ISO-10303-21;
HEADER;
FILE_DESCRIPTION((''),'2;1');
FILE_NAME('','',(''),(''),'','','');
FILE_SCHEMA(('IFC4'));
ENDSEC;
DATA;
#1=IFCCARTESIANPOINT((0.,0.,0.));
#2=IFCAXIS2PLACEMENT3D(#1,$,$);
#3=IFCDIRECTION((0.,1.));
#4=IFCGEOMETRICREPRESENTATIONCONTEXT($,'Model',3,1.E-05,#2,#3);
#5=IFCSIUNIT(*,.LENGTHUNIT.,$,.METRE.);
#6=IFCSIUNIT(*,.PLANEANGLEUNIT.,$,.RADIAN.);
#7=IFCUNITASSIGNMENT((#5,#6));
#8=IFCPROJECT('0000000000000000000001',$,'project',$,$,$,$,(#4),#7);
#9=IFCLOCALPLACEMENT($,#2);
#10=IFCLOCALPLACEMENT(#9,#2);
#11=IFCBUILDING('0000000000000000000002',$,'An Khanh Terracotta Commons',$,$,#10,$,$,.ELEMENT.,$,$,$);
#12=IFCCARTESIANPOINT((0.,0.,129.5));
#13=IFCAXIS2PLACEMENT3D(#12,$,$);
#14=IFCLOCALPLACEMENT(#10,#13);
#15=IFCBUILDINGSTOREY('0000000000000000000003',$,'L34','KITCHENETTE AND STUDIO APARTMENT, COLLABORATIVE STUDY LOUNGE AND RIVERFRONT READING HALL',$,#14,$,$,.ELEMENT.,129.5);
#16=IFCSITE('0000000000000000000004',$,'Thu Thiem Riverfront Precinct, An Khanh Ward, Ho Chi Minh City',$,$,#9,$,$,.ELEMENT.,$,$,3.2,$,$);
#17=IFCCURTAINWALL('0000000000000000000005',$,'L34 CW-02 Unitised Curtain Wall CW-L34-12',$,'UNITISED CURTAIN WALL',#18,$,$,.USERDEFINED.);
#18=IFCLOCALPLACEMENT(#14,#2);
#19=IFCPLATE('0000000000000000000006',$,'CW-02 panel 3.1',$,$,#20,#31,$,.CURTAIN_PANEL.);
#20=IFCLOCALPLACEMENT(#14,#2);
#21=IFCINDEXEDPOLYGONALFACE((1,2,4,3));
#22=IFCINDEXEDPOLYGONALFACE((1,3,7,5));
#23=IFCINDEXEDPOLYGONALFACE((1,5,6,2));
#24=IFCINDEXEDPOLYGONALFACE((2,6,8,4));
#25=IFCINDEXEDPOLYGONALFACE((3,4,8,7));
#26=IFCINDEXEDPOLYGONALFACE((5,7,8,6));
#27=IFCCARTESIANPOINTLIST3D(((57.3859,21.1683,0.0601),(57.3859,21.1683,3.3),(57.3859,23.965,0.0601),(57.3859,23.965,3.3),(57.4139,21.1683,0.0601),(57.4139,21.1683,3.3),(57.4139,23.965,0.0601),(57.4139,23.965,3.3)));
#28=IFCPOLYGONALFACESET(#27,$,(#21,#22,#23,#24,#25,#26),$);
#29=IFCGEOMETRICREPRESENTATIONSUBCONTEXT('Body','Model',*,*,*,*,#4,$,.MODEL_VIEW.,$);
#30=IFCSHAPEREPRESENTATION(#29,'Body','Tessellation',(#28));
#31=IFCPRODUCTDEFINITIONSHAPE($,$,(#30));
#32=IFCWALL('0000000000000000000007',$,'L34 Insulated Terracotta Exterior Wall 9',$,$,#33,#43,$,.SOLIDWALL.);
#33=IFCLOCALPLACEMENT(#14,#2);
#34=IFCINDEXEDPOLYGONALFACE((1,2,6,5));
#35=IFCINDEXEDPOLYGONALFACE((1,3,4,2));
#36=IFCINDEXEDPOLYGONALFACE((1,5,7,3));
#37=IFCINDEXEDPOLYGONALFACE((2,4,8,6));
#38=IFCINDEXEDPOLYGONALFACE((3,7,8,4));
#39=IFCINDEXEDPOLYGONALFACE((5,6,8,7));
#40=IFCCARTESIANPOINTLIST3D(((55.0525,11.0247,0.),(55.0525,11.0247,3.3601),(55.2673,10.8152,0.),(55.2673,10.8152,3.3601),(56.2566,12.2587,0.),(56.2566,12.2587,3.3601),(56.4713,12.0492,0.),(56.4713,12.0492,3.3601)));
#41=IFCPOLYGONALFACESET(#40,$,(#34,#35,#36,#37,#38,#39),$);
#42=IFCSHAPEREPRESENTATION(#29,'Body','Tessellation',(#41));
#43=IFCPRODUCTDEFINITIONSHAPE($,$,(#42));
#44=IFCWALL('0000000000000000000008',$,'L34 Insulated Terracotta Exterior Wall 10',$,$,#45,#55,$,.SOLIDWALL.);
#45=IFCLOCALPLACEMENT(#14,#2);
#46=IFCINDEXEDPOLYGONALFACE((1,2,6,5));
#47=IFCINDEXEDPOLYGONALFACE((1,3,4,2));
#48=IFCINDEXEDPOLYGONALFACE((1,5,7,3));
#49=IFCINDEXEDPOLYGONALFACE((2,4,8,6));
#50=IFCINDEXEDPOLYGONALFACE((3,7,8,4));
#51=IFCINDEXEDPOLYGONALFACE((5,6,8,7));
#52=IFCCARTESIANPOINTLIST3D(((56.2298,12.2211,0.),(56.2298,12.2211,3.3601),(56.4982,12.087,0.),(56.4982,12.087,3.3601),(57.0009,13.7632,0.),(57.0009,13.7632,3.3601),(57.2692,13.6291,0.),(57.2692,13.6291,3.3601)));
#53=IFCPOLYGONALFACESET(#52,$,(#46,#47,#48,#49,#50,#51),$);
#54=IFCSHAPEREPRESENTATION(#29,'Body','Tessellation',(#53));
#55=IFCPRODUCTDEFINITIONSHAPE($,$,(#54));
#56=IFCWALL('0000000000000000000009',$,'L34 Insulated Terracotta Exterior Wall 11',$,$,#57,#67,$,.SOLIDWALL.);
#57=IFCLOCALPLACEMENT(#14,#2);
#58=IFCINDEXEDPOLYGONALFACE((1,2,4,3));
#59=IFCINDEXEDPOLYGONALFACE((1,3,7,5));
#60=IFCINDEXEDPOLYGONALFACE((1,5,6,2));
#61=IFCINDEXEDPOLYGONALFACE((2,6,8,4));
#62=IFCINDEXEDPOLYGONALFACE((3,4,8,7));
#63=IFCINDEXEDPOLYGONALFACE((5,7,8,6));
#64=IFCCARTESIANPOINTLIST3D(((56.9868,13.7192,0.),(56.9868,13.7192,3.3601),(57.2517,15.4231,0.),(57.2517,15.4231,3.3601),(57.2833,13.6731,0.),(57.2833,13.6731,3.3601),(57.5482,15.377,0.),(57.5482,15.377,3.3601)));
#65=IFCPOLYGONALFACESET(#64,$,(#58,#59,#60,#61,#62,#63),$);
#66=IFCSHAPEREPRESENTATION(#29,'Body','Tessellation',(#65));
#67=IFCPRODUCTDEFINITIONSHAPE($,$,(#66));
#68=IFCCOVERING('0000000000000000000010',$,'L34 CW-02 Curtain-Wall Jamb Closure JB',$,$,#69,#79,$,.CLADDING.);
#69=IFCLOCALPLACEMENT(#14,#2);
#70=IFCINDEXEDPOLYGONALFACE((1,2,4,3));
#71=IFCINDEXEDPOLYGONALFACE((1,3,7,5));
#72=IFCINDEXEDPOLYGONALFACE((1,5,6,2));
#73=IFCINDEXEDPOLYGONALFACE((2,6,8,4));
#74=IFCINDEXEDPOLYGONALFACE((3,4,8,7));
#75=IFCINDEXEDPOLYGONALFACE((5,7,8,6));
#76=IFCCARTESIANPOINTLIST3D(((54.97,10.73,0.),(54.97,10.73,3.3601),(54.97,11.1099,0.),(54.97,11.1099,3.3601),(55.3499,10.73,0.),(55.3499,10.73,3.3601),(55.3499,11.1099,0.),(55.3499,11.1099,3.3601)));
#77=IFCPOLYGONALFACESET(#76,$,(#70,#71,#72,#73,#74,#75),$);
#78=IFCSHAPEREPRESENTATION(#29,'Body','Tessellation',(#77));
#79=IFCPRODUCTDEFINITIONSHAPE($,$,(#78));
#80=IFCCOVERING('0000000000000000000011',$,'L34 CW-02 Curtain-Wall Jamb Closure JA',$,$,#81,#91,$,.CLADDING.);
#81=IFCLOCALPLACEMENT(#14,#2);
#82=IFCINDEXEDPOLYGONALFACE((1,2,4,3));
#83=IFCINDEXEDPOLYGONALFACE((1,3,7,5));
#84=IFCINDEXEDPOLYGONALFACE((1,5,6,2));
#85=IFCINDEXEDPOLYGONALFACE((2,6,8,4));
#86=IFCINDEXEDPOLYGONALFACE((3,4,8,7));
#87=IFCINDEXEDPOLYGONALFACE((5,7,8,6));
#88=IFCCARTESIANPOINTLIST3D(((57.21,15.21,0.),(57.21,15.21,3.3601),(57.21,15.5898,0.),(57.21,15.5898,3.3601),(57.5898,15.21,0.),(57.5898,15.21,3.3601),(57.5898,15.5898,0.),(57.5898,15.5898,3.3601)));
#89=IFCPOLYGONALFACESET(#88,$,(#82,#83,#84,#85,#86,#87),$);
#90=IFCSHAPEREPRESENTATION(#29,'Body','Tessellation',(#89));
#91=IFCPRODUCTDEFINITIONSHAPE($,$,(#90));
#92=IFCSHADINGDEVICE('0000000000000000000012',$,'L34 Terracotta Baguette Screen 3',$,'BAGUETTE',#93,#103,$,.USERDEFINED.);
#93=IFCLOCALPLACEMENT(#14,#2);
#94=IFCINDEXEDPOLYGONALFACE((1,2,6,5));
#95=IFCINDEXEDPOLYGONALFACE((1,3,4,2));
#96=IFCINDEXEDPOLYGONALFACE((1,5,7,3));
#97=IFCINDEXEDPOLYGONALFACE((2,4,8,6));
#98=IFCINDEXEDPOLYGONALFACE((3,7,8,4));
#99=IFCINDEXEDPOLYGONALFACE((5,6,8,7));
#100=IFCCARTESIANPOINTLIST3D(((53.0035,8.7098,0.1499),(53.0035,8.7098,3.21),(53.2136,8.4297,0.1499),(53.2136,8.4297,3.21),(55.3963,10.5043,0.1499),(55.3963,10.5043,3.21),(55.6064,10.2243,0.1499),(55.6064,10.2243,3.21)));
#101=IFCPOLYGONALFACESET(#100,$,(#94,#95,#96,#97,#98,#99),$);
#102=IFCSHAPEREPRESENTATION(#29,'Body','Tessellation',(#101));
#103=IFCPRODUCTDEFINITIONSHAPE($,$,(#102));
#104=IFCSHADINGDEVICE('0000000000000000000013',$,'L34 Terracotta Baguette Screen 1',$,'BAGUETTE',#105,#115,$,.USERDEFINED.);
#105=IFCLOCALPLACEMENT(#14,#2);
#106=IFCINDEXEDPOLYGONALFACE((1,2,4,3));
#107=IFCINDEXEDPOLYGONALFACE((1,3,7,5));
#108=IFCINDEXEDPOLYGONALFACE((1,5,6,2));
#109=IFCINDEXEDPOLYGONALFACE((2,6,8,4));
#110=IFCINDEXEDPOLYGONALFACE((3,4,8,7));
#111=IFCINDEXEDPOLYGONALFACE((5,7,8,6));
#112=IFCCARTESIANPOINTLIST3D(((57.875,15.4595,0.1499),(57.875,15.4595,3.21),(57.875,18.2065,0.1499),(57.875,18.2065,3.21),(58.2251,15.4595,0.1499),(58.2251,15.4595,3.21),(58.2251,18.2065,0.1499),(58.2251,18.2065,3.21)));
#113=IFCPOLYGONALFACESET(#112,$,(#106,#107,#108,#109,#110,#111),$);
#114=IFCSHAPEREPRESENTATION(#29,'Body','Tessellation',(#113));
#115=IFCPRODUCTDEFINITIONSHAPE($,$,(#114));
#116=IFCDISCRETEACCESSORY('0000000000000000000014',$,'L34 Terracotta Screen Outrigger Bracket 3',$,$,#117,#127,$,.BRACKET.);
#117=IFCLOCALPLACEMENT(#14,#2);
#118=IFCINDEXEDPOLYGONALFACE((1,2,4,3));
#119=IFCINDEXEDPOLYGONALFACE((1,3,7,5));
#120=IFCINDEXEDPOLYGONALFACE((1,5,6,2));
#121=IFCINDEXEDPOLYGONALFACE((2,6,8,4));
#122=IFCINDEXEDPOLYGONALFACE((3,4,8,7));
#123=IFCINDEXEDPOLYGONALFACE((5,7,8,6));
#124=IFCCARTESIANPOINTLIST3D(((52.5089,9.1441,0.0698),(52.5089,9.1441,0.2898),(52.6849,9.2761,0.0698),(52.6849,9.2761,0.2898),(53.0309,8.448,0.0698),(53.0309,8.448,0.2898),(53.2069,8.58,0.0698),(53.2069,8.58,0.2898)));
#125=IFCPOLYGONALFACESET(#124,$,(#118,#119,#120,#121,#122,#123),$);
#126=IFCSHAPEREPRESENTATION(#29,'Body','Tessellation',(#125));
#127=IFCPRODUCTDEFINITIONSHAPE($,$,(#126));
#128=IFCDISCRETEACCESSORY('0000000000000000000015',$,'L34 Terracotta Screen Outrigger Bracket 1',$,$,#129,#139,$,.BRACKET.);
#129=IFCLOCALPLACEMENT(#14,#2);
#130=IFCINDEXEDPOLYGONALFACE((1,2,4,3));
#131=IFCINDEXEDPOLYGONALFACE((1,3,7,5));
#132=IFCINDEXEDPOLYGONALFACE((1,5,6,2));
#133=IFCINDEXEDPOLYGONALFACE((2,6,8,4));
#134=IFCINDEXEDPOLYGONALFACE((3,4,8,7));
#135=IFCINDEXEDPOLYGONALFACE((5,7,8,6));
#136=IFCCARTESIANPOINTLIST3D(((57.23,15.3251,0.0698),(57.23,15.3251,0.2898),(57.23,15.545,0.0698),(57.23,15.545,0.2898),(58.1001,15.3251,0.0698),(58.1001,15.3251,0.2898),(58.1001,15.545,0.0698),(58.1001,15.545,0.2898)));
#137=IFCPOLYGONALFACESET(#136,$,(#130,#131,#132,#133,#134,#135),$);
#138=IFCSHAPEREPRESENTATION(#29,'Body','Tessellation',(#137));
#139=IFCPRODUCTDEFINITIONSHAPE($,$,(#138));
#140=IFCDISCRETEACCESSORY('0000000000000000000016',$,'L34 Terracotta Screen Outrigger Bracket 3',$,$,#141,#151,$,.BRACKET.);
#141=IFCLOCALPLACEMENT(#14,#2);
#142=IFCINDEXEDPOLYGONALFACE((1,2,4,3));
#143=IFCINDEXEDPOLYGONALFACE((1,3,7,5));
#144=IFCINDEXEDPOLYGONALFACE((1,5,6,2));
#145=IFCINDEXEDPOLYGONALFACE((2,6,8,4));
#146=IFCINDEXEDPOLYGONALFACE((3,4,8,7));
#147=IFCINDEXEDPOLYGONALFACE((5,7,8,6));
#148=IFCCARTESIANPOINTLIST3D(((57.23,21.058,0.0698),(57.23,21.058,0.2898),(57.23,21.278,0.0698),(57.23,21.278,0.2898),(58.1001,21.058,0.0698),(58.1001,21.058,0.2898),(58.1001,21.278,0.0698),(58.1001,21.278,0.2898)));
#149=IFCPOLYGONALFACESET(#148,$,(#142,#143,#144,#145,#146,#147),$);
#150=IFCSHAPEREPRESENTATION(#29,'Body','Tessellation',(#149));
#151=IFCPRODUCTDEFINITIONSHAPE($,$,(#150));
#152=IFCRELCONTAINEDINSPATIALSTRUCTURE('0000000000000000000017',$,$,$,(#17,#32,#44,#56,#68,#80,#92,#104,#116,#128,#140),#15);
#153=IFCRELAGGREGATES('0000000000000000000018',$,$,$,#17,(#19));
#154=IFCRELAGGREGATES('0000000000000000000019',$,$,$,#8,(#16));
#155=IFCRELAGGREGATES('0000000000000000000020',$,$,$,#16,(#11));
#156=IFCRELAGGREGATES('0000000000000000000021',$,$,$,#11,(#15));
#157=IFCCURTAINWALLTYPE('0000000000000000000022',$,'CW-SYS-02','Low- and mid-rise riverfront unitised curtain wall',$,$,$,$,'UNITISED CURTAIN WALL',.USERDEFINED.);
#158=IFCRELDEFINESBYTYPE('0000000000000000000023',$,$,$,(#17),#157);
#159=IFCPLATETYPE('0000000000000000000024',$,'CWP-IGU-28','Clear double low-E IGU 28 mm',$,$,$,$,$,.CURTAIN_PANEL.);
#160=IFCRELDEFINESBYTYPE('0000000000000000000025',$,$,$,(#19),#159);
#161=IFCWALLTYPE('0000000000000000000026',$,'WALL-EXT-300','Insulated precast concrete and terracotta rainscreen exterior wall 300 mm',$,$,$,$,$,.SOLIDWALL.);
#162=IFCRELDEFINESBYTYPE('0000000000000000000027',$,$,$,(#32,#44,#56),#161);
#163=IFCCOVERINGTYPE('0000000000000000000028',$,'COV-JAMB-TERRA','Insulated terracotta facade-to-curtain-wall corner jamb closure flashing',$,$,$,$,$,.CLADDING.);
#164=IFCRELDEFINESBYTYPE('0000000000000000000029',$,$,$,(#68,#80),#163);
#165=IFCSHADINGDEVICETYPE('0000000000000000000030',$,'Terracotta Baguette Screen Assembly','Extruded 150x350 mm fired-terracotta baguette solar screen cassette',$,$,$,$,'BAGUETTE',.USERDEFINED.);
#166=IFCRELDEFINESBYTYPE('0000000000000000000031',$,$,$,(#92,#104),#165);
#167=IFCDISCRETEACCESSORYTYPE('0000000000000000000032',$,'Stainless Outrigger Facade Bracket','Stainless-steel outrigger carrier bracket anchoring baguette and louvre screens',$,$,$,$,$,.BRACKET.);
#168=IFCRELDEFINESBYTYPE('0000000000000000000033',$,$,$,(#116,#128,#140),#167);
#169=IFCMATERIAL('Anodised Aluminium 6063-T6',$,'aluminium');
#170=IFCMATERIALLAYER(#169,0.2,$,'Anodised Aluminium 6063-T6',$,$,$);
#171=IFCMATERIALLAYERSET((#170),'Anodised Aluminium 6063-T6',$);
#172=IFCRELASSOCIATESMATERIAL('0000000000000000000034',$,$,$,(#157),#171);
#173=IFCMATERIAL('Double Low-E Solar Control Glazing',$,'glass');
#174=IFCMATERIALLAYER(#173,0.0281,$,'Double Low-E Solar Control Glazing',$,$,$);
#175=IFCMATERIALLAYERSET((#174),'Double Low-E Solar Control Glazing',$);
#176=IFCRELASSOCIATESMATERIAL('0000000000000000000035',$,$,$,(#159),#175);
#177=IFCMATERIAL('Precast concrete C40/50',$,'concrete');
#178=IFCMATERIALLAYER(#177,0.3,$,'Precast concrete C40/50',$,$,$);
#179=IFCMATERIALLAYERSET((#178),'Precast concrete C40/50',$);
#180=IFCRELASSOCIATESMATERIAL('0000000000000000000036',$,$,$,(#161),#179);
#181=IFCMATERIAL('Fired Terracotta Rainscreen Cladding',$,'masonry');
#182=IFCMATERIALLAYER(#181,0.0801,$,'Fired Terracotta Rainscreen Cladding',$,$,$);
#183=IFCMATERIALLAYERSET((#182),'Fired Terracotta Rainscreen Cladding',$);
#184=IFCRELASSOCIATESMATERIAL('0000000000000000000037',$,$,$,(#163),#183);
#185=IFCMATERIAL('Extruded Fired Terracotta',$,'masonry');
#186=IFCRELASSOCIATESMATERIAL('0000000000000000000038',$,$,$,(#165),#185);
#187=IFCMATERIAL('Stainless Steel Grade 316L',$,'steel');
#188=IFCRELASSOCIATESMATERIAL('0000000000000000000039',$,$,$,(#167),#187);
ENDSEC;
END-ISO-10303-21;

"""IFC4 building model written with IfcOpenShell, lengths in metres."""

from ifc_helpers import new_model, si_unit, direction, frame, frame_2d, origin, origin_2d, place, context, subcontext, project, spatial, rectangle, extrude, material, layer, layer_set, type_object, element, aggregate, save


model = new_model("IFC4")

# Units and contexts
model_context = context("Model", 3, precision=1e-05, world=origin(), true_north=direction((0.0, 1.0)))
body_context = subcontext(model_context, "Body", "Model", "MODEL_VIEW")
ifc_project = project(units=[si_unit("LENGTHUNIT", "METRE"), si_unit("PLANEANGLEUNIT", "RADIAN")], contexts=[model_context])

# Site, building, storey
site_placement = place(None, origin())
site = spatial("IfcSite", under=ifc_project, at=site_placement, Name="Thu Thiem Riverfront Precinct, An Khanh Ward, Ho Chi Minh City", CompositionType="ELEMENT", RefElevation=3.2)
building_placement = place(site_placement, origin())
building = spatial("IfcBuilding", under=site, at=building_placement, Name="An Khanh Terracotta Commons", CompositionType="ELEMENT")
storey_placement = place(building_placement, frame((0.0, 0.0, 129.5)))
storey = spatial("IfcBuildingStorey", under=building, at=storey_placement, Name="L34", Description="KITCHENETTE AND STUDIO APARTMENT, COLLABORATIVE STUDY LOUNGE AND RIVERFRONT READING HALL", CompositionType="ELEMENT", Elevation=129.5)

# Curtain wall
ifc_material_1 = material(Name="Anodised Aluminium 6063-T6", Category="aluminium")
ifc_layer_1 = layer(ifc_material_1, 0.2, Name="Anodised Aluminium 6063-T6")
ifc_layer_set_1 = layer_set([ifc_layer_1], Name="Anodised Aluminium 6063-T6")
curtain_wall_type = type_object("IfcCurtainWallType", Name="CW-SYS-02", Description="Low- and mid-rise riverfront unitised curtain wall", ElementType="UNITISED CURTAIN WALL", PredefinedType="USERDEFINED", material=ifc_layer_set_1)
curtain_wall_1_placement = place(storey_placement, origin())
curtain_wall_1 = element("IfcCurtainWall", 1, at=curtain_wall_1_placement, inside=storey, type_object=curtain_wall_type, Name="L34 CW-02 Unitised Curtain Wall CW-L34-12", ObjectType="UNITISED CURTAIN WALL", PredefinedType="USERDEFINED")

# Plate
ifc_material_2 = material(Name="Double Low-E Solar Control Glazing", Category="glass")
ifc_layer_2 = layer(ifc_material_2, 0.0281, Name="Double Low-E Solar Control Glazing")
ifc_layer_set_2 = layer_set([ifc_layer_2], Name="Double Low-E Solar Control Glazing")
plate_type = type_object("IfcPlateType", Name="CWP-IGU-28", Description="Clear double low-E IGU 28 mm", PredefinedType="CURTAIN_PANEL", material=ifc_layer_set_2)
plate_1_placement = place(storey_placement, frame((57.3999, 22.5667, 0.0601), z_axis=(0.0, 0.0, 1.0), x_axis=(0.0, 1.0, 0.0)))
plate_1 = element("IfcPlate", 2, at=plate_1_placement, type_object=plate_type, Name="CW-02 panel 3.1", PredefinedType="CURTAIN_PANEL", context=body_context, shape_type="SweptSolid", body=[
    extrude(rectangle(XDim=2.7966, YDim=0.0281, at=origin_2d()), origin(), (0.0, 0.0, 1.0), 3.24),
])
aggregate(curtain_wall_1, [plate_1])

# Walls
ifc_material_3 = material(Name="Precast concrete C40/50", Category="concrete")
ifc_layer_3 = layer(ifc_material_3, 0.3, Name="Precast concrete C40/50")
ifc_layer_set_3 = layer_set([ifc_layer_3], Name="Precast concrete C40/50")
wall_type = type_object("IfcWallType", Name="WALL-EXT-300", Description="Insulated precast concrete and terracotta rainscreen exterior wall 300 mm", PredefinedType="SOLIDWALL", material=ifc_layer_set_3)
for number, where, z_axis, x_axis, name in (
    (3, (55.1599, 10.9199, 0.0), (0.0, 0.0, 1.0), (0.698345, 0.715761, 0.0), "L34 Insulated Terracotta Exterior Wall 9"),
    (4, (56.364, 12.1541, 0.0), (0.0, 0.0, 1.0), (0.447214, 0.894427, 0.0), "L34 Insulated Terracotta Exterior Wall 10"),
):
    element("IfcWall", number, at=place(storey_placement, frame(where, z_axis=z_axis, x_axis=x_axis)), inside=storey, type_object=wall_type, Name=name, PredefinedType="SOLIDWALL", context=body_context, shape_type="SweptSolid", body=[
        extrude(rectangle(XDim=1.7241, YDim=0.3, at=frame_2d((0.8621, 0.0))), origin(), (0.0, 0.0, 1.0), 3.3601),
    ])
wall_placement = place(storey_placement, frame((57.135, 13.696, 0.0), z_axis=(0.0, 0.0, 1.0), x_axis=(0.153621, 0.98813, 0.0)))
element("IfcWall", 5, at=wall_placement, inside=storey, type_object=wall_type, Name="L34 Insulated Terracotta Exterior Wall 11", PredefinedType="SOLIDWALL", context=body_context, shape_type="SweptSolid", body=[
    extrude(rectangle(XDim=1.7244, YDim=0.3, at=frame_2d((0.8623, 0.0))), origin(), (0.0, 0.0, 1.0), 3.3601),
])

# Coverings
ifc_material_4 = material(Name="Fired Terracotta Rainscreen Cladding", Category="masonry")
ifc_layer_4 = layer(ifc_material_4, 0.0801, Name="Fired Terracotta Rainscreen Cladding")
ifc_layer_set_4 = layer_set([ifc_layer_4], Name="Fired Terracotta Rainscreen Cladding")
covering_type = type_object("IfcCoveringType", Name="COV-JAMB-TERRA", Description="Insulated terracotta facade-to-curtain-wall corner jamb closure flashing", PredefinedType="CLADDING", material=ifc_layer_set_4)
for number, where, z_axis, x_axis, name in (
    (6, (55.1599, 10.9199, 0.0), (0.0, 0.0, 1.0), (1.0, 0.0, 0.0), "L34 CW-02 Curtain-Wall Jamb Closure JB"),
    (7, (57.3999, 15.3999, 0.0), (0.0, 0.0, 1.0), (1.0, 0.0, 0.0), "L34 CW-02 Curtain-Wall Jamb Closure JA"),
):
    element("IfcCovering", number, at=place(storey_placement, frame(where, z_axis=z_axis, x_axis=x_axis)), inside=storey, type_object=covering_type, Name=name, PredefinedType="CLADDING", context=body_context, shape_type="SweptSolid", body=[
        extrude(rectangle(XDim=0.3799, YDim=0.3799, at=origin_2d()), origin(), (0.0, 0.0, 1.0), 3.3601),
    ])

# Shading devices
ifc_material_5 = material(Name="Extruded Fired Terracotta", Category="masonry")
shading_device_type = type_object("IfcShadingDeviceType", Name="Terracotta Baguette Screen Assembly", Description="Extruded 150x350 mm fired-terracotta baguette solar screen cassette", ElementType="BAGUETTE", PredefinedType="USERDEFINED", material=ifc_material_5)
shading_device_1_placement = place(storey_placement, frame((54.3049, 9.467, 0.1499), z_axis=(0.0, 0.0, 1.0), x_axis=(0.800013, 0.599983, 0.0)))
element("IfcShadingDevice", 8, at=shading_device_1_placement, inside=storey, type_object=shading_device_type, Name="L34 Terracotta Baguette Screen 3", ObjectType="BAGUETTE", PredefinedType="USERDEFINED", context=body_context, shape_type="SweptSolid", body=[
    extrude(rectangle(XDim=2.991, YDim=0.3501, at=origin_2d()), origin(), (0.0, 0.0, 1.0), 3.0601),
])
shading_device_2_placement = place(storey_placement, frame((58.05, 16.833, 0.1499), z_axis=(0.0, 0.0, 1.0), x_axis=(0.0, 1.0, 0.0)))
element("IfcShadingDevice", 9, at=shading_device_2_placement, inside=storey, type_object=shading_device_type, Name="L34 Terracotta Baguette Screen 1", ObjectType="BAGUETTE", PredefinedType="USERDEFINED", context=body_context, shape_type="SweptSolid", body=[
    extrude(rectangle(XDim=2.7471, YDim=0.3501, at=origin_2d()), origin(), (0.0, 0.0, 1.0), 3.0601),
])

# Discrete accessories
ifc_material_6 = material(Name="Stainless Steel Grade 316L", Category="steel")
discrete_accessory_type = type_object("IfcDiscreteAccessoryType", Name="Stainless Outrigger Facade Bracket", Description="Stainless-steel outrigger carrier bracket anchoring baguette and louvre screens", PredefinedType="BRACKET", material=ifc_material_6)
for number, where, z_axis, x_axis, name in (
    (10, (52.8579, 8.8621, 0.0698), (0.0, 0.0, 1.0), (0.800013, 0.599983, 0.0), "L34 Terracotta Screen Outrigger Bracket 3"),
    (11, (57.665, 15.4351, 0.0698), (0.0, 0.0, 1.0), (0.0, 1.0, 0.0), "L34 Terracotta Screen Outrigger Bracket 1"),
    (12, (57.665, 21.168, 0.0698), (0.0, 0.0, 1.0), (0.0, 1.0, 0.0), "L34 Terracotta Screen Outrigger Bracket 3"),
):
    element("IfcDiscreteAccessory", number, at=place(storey_placement, frame(where, z_axis=z_axis, x_axis=x_axis)), inside=storey, type_object=discrete_accessory_type, Name=name, PredefinedType="BRACKET", context=body_context, shape_type="SweptSolid", body=[
        extrude(rectangle(XDim=0.22, YDim=0.8701, at=origin_2d()), origin(), (0.0, 0.0, 1.0), 0.22),
    ])

save(model, "model.ifc")
